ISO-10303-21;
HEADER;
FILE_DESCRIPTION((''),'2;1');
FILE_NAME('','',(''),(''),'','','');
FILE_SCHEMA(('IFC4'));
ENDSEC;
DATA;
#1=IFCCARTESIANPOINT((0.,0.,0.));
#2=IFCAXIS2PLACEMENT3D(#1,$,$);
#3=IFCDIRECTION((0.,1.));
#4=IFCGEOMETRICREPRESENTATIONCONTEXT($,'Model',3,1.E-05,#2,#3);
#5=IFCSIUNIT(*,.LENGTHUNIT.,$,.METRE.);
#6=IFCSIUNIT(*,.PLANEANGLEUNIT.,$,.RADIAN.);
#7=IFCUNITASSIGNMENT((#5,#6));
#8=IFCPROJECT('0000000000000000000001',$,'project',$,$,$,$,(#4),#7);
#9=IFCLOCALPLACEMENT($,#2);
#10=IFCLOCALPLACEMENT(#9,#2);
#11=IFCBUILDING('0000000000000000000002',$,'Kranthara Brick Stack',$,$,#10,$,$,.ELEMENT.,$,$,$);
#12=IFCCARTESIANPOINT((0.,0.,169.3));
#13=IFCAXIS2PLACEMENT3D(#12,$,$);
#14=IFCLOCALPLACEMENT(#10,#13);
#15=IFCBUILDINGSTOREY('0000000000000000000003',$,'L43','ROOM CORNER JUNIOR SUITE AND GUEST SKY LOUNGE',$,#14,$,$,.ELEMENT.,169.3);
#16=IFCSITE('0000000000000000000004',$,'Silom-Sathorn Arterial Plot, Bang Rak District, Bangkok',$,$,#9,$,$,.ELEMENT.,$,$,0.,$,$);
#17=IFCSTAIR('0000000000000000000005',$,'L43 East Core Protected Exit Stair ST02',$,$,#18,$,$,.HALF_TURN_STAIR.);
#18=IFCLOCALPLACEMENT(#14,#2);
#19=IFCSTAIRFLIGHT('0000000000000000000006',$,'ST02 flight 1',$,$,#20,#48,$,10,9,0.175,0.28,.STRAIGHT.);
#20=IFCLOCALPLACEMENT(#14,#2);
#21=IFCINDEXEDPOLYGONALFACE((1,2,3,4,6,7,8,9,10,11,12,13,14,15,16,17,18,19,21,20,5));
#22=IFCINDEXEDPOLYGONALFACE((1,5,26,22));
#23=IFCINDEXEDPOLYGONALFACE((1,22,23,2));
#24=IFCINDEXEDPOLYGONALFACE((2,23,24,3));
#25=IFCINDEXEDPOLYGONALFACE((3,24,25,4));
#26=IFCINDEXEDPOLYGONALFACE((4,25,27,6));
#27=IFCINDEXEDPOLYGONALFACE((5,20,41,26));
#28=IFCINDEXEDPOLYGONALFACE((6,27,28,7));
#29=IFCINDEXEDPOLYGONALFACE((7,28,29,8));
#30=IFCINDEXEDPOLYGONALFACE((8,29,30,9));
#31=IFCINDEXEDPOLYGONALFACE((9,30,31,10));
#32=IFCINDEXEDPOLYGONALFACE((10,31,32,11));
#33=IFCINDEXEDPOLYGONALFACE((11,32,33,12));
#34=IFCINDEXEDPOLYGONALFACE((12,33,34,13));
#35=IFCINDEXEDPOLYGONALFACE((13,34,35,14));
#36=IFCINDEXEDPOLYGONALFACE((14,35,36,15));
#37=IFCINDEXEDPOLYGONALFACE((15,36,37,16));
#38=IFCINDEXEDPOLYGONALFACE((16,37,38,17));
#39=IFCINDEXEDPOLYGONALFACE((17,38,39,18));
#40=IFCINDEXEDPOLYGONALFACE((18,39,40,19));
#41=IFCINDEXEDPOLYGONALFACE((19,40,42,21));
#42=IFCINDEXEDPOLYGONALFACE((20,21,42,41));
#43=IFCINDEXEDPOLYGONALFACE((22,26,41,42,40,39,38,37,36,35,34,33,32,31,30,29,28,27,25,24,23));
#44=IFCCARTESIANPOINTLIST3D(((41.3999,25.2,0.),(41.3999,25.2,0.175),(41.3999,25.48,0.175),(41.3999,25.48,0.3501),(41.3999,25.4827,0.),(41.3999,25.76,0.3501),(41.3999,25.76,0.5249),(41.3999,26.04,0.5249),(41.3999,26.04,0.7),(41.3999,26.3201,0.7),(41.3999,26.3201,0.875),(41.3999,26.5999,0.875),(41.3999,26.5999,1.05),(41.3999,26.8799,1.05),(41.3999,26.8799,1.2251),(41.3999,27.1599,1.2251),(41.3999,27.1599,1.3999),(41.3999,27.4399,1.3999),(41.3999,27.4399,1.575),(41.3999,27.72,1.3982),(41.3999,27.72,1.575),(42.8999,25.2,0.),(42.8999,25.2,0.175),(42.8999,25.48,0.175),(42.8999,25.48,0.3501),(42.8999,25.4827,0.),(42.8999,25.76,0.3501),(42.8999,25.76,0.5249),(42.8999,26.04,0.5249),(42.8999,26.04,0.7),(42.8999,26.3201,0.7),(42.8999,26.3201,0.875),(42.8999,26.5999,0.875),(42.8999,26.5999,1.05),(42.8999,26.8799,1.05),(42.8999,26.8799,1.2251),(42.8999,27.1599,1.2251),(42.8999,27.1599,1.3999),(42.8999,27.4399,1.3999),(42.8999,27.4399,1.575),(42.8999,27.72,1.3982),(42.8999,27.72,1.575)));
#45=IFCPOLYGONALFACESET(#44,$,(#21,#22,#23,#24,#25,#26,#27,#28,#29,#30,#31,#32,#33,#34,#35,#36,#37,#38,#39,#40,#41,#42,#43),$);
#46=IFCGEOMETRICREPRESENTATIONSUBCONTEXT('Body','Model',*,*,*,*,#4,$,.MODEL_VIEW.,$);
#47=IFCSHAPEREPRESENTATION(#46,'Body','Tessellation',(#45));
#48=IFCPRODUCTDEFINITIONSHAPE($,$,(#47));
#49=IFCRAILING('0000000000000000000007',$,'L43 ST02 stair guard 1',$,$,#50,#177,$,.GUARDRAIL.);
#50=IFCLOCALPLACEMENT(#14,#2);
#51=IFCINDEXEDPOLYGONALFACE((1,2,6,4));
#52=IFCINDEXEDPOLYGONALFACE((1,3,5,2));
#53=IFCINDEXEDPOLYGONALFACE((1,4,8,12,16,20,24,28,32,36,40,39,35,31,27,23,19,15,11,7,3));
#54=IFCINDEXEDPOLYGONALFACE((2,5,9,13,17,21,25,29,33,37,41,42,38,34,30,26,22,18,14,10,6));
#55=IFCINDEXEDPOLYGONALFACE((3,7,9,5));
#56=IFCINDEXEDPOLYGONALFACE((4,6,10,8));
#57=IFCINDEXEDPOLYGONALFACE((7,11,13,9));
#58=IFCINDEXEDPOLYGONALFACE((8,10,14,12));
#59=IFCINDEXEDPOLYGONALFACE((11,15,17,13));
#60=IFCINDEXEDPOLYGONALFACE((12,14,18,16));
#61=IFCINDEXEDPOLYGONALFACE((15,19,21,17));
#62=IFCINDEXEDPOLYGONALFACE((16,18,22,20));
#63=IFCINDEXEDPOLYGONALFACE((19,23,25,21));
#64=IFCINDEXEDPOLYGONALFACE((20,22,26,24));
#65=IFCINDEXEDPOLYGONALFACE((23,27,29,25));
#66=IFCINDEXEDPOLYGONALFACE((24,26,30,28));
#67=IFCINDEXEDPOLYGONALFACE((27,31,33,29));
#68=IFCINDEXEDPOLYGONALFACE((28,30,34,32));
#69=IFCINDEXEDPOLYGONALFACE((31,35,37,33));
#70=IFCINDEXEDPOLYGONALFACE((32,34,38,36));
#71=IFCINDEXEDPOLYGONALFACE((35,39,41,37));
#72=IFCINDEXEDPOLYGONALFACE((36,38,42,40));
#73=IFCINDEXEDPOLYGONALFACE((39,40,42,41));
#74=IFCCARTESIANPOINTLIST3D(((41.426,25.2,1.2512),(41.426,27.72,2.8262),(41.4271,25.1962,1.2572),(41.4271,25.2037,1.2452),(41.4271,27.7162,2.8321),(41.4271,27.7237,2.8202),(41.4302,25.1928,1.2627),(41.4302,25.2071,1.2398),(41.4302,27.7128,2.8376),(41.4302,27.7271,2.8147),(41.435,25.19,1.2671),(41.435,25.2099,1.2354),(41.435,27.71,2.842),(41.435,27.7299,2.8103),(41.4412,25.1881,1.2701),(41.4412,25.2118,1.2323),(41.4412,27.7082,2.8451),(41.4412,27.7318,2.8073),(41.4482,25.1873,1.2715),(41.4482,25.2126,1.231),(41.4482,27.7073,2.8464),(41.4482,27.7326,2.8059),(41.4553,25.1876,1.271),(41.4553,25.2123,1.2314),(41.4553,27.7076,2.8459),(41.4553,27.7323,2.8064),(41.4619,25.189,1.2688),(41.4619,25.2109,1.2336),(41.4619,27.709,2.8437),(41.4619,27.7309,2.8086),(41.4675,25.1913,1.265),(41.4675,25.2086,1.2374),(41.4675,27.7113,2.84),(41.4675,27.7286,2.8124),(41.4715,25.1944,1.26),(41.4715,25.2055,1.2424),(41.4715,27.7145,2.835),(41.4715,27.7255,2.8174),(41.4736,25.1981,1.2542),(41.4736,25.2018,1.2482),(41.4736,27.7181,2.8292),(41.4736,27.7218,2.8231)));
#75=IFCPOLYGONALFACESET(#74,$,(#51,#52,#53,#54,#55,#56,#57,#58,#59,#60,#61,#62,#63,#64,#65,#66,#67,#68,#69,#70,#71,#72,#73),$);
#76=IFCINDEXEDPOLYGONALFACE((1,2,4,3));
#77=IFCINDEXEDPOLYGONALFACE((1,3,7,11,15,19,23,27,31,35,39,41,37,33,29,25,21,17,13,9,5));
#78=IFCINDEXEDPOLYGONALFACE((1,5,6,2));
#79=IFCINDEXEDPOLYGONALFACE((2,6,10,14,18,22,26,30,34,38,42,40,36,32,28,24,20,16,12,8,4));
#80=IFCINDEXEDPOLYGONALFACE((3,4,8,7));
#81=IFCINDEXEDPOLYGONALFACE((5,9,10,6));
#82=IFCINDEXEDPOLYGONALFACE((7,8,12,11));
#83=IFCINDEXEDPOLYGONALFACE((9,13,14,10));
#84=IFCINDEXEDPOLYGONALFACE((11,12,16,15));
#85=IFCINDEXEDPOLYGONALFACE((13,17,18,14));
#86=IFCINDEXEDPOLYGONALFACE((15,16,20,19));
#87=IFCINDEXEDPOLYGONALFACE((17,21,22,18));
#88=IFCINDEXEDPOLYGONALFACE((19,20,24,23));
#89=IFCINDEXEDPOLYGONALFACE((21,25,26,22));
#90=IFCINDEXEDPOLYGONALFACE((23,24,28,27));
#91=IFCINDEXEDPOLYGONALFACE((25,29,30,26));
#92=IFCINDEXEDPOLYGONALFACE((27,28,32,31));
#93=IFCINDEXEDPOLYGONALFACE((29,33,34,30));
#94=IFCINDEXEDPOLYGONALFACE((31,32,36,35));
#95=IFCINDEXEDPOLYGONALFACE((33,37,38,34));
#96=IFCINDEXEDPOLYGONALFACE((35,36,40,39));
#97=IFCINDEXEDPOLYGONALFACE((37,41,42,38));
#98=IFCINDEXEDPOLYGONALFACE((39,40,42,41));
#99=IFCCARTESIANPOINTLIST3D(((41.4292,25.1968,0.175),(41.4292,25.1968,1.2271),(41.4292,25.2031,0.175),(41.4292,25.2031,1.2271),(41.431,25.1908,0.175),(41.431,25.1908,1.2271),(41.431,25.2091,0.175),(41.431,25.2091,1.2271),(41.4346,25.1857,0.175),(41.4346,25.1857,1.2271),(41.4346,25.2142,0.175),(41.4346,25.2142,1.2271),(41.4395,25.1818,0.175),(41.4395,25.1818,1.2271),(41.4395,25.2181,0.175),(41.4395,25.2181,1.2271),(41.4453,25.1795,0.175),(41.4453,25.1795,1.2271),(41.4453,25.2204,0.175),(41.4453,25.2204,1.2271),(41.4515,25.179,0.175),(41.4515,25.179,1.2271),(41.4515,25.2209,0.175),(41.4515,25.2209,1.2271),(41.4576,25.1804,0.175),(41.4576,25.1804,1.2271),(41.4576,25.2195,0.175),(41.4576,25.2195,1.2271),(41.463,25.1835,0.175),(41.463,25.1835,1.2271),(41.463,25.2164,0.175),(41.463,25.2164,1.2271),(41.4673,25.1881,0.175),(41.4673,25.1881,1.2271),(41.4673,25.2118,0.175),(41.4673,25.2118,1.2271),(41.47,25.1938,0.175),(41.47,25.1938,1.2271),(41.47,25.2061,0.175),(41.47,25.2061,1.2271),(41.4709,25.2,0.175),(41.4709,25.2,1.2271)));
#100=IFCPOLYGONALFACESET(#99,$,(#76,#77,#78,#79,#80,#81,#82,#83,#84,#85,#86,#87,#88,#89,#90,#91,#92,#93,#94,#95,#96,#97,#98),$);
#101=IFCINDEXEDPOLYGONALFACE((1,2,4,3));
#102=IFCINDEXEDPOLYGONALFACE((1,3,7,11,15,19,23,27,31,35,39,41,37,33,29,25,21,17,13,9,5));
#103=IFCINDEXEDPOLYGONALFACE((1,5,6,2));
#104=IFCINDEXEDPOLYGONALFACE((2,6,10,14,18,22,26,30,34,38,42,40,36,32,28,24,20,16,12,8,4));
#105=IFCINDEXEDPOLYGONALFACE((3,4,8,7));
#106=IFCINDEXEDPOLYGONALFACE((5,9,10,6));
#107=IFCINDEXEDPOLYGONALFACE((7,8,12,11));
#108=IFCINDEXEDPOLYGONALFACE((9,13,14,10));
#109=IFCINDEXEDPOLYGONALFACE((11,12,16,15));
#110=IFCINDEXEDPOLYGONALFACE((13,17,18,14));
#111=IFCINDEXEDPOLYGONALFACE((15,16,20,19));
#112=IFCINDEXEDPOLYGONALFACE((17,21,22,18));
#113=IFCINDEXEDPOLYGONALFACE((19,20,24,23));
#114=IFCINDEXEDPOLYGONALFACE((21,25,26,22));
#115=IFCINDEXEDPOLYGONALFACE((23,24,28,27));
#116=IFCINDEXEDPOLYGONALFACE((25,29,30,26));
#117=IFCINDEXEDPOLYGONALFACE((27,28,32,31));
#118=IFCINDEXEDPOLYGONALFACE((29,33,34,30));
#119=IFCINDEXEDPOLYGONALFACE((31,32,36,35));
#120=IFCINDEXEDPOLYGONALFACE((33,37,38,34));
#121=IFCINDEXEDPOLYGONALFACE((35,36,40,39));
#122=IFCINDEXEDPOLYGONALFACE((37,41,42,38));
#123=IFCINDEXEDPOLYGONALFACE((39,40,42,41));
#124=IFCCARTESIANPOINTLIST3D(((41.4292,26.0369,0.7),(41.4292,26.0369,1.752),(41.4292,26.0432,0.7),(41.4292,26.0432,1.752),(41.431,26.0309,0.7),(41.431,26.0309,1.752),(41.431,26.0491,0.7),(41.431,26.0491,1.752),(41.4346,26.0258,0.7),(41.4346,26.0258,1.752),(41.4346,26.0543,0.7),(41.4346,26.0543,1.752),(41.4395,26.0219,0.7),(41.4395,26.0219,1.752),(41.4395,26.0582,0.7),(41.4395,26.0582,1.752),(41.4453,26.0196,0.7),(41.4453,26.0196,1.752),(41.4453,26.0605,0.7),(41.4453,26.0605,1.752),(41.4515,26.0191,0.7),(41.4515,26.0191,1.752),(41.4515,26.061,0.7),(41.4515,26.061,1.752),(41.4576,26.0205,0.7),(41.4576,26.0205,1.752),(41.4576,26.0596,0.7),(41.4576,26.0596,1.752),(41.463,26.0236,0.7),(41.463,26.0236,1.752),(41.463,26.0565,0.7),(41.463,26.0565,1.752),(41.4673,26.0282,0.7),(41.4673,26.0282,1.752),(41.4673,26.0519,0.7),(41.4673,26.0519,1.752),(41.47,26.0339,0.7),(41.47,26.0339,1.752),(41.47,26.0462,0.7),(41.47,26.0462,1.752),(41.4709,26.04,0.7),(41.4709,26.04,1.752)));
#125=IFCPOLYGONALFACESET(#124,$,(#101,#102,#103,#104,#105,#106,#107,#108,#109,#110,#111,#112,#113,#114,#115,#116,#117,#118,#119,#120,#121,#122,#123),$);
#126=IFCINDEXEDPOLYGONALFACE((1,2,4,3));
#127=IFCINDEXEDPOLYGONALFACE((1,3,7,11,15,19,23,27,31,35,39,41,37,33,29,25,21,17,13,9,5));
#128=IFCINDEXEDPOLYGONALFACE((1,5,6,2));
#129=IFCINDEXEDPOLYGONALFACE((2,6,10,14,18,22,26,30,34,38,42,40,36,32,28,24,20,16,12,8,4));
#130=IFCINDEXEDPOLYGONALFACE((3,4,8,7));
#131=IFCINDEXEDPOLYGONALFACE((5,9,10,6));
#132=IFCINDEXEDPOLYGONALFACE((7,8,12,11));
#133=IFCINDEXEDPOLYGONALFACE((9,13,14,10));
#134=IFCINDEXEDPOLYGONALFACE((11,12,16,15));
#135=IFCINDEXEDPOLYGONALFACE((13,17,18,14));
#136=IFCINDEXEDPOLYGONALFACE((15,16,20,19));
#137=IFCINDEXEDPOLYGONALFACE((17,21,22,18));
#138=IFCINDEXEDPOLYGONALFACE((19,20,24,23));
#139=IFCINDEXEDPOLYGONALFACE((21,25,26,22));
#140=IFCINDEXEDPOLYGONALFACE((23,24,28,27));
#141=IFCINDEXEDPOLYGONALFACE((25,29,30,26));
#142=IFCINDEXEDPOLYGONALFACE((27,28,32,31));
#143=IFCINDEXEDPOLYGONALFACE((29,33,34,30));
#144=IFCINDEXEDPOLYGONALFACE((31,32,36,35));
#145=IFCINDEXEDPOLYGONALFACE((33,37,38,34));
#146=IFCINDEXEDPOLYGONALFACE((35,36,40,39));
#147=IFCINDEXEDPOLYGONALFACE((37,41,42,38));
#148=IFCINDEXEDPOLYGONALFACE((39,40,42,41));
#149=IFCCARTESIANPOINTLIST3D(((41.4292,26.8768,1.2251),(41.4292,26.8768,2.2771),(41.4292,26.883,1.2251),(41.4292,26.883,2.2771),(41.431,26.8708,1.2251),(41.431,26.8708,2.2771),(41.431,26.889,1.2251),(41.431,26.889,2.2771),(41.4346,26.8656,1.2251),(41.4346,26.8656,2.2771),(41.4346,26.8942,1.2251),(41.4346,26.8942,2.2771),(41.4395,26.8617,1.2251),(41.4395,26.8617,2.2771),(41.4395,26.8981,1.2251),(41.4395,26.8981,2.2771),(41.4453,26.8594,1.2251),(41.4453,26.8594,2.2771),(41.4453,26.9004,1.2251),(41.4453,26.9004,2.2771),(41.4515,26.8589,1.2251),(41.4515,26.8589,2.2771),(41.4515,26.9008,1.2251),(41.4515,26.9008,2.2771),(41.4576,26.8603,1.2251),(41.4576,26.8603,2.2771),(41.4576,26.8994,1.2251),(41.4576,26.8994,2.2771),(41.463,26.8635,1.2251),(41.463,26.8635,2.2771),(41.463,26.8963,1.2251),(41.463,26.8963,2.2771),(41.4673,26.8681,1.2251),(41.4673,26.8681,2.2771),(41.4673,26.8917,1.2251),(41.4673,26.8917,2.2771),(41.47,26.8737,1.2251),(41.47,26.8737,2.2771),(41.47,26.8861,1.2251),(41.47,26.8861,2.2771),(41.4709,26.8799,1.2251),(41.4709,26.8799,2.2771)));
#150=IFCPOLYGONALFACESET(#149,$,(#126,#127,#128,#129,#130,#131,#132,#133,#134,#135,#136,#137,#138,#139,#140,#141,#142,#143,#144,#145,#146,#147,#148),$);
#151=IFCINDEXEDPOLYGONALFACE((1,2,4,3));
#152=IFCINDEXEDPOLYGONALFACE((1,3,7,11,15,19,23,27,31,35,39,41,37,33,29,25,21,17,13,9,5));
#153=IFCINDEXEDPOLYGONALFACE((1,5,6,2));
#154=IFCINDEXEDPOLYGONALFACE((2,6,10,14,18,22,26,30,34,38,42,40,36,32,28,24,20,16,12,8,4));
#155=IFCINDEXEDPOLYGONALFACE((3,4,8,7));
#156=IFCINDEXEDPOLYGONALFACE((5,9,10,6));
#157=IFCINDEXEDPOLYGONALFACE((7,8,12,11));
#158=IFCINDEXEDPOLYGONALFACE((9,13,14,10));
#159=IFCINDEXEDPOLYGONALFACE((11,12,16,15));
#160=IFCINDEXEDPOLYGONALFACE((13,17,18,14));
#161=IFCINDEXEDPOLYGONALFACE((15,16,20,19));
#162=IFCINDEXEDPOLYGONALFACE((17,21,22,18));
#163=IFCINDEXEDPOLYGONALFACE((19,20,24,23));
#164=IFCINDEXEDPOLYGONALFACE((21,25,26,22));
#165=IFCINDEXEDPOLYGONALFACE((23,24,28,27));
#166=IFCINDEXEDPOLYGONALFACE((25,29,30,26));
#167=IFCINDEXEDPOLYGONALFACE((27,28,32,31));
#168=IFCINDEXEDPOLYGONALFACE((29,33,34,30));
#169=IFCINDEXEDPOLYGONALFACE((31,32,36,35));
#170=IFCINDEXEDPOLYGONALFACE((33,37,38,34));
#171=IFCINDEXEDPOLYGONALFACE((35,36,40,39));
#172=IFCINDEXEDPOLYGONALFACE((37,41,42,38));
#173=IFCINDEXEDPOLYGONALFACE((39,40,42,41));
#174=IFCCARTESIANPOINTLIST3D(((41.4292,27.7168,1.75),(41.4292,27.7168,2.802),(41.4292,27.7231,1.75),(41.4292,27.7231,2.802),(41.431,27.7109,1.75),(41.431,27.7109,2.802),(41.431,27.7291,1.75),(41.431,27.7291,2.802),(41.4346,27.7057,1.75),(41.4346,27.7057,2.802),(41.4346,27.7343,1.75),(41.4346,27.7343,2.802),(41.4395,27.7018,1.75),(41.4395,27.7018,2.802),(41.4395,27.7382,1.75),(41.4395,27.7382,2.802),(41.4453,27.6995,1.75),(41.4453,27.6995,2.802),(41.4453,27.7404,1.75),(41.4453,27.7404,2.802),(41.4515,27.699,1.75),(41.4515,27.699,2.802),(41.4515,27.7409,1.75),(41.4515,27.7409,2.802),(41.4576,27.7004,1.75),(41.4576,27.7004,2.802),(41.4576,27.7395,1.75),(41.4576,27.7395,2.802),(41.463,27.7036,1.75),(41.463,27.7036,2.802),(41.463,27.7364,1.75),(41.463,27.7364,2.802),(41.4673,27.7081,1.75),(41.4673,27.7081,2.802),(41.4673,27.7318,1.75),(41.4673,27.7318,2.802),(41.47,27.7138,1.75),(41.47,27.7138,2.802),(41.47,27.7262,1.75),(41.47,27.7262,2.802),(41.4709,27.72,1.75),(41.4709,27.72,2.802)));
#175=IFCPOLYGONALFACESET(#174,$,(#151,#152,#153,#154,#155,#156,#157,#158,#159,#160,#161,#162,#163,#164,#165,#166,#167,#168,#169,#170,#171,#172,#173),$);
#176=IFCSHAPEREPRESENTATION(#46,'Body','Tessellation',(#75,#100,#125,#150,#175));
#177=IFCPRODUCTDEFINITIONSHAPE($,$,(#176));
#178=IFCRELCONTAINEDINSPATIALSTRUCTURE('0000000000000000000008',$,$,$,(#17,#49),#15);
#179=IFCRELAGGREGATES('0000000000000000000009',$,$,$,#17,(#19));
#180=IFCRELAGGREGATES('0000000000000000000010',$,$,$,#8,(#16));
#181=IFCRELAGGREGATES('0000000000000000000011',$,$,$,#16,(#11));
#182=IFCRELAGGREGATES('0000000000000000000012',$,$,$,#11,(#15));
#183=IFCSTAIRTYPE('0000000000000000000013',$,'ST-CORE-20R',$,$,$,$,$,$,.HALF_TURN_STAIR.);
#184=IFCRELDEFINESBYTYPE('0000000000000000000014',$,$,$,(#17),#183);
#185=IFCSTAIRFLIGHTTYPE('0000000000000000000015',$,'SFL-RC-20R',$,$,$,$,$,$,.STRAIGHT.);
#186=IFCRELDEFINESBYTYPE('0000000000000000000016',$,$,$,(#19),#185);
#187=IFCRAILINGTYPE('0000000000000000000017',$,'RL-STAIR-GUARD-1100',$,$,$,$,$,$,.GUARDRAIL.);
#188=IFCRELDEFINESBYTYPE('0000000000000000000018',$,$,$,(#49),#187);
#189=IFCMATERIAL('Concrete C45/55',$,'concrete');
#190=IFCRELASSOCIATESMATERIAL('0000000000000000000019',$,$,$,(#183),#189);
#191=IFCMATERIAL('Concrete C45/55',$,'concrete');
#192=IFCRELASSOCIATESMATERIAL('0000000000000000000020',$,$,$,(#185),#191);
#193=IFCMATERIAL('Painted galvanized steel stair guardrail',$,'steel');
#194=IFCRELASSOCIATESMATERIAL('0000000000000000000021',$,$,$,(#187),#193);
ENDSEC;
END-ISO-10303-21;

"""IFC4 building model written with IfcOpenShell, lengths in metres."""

from ifc_helpers import new_model, si_unit, direction, frame, origin, origin_2d, place, context, subcontext, project, spatial, polyline, circle, outline, extrude, material, type_object, element, aggregate, save


model = new_model("IFC4")

# Units and contexts
model_context = context("Model", 3, precision=1e-05, world=origin(), true_north=direction((0.0, 1.0)))
body_context = subcontext(model_context, "Body", "Model", "MODEL_VIEW")
ifc_project = project(units=[si_unit("LENGTHUNIT", "METRE"), si_unit("PLANEANGLEUNIT", "RADIAN")], contexts=[model_context])

# Site, building, storey
site_placement = place(None, origin())
site = spatial("IfcSite", under=ifc_project, at=site_placement, Name="Silom-Sathorn Arterial Plot, Bang Rak District, Bangkok", CompositionType="ELEMENT", RefElevation=0.0)
building_placement = place(site_placement, origin())
building = spatial("IfcBuilding", under=site, at=building_placement, Name="Kranthara Brick Stack", CompositionType="ELEMENT")
storey_placement = place(building_placement, frame((0.0, 0.0, 169.3)))
storey = spatial("IfcBuildingStorey", under=building, at=storey_placement, Name="L43", Description="ROOM CORNER JUNIOR SUITE AND GUEST SKY LOUNGE", CompositionType="ELEMENT", Elevation=169.3)

# Stair, stair flight
ifc_material_1 = material(Name="Concrete C45/55", Category="concrete")
stair_type = type_object("IfcStairType", Name="ST-CORE-20R", PredefinedType="HALF_TURN_STAIR", material=ifc_material_1)
stair_placement = place(storey_placement, origin())
stair = element("IfcStair", 1, at=stair_placement, inside=storey, type_object=stair_type, Name="L43 East Core Protected Exit Stair ST02", PredefinedType="HALF_TURN_STAIR")
ifc_material_2 = material(Name="Concrete C45/55", Category="concrete")
stair_flight_type = type_object("IfcStairFlightType", Name="SFL-RC-20R", PredefinedType="STRAIGHT", material=ifc_material_2)
stair_flight_placement = place(storey_placement, frame((42.1499, 25.2, 0.0), z_axis=(0.0, 0.0, 1.0), x_axis=(0.0, 1.0, 0.0)))
stair_flight = element("IfcStairFlight", 2, at=stair_flight_placement, type_object=stair_flight_type, Name="ST02 flight 1", NumberOfRisers=10, NumberOfTreads=9, PredefinedType="STRAIGHT", RiserHeight=0.175, TreadLength=0.28, context=body_context, shape_type="SweptSolid", body=[
    extrude(outline(polyline([(0.0, 0.0), (0.0, 0.175), (0.28, 0.175), (0.28, 0.3501), (0.5601, 0.3501), (0.5601, 0.5249), (0.8401, 0.5249), (0.8401, 0.7), (1.1201, 0.7), (1.1201, 0.875), (1.3999, 0.875), (1.3999, 1.05), (1.6799, 1.05), (1.6799, 1.2251), (1.96, 1.2251), (1.96, 1.3999), (2.24, 1.3999), (2.24, 1.575), (2.52, 1.575), (2.52, 1.75), (2.52, 1.3982), (0.2827, 0.0), (0.0, 0.0)])), frame((0.0, 0.75, 0.0), z_axis=(0.0, -1.0, 0.0), x_axis=(1.0, 0.0, 0.0)), (0.0, 0.0, 1.0), 1.5),
])
aggregate(stair, [stair_flight])

# Railing
ifc_material_3 = material(Name="Painted galvanized steel stair guardrail", Category="steel")
railing_type = type_object("IfcRailingType", Name="RL-STAIR-GUARD-1100", PredefinedType="GUARDRAIL", material=ifc_material_3)
railing_1_placement = place(storey_placement, frame((41.45, 25.2, 0.175)))
element("IfcRailing", 3, at=railing_1_placement, inside=storey, type_object=railing_type, Name="L43 ST02 stair guard 1", PredefinedType="GUARDRAIL", context=body_context, shape_type="SweptSolid", body=[
    extrude(circle(Radius=0.0239, at=origin_2d()), frame((0.0, 0.0, 1.0762), z_axis=(0.0, 0.848008, 0.529984), x_axis=(-1.0, 0.0, 0.0)), (0.0, 0.0, 1.0), 2.9717),
    extrude(circle(Radius=0.021, at=origin_2d()), origin(), (0.0, 0.0, 1.0), 1.052),
    extrude(circle(Radius=0.021, at=origin_2d()), frame((0.0, 0.8401, 0.5249)), (0.0, 0.0, 1.0), 1.052),
    extrude(circle(Radius=0.021, at=origin_2d()), frame((0.0, 1.6799, 1.05)), (0.0, 0.0, 1.0), 1.052),
    extrude(circle(Radius=0.021, at=origin_2d()), frame((0.0, 2.52, 1.575)), (0.0, 0.0, 1.0), 1.052),
])

save(model, "model.ifc")
